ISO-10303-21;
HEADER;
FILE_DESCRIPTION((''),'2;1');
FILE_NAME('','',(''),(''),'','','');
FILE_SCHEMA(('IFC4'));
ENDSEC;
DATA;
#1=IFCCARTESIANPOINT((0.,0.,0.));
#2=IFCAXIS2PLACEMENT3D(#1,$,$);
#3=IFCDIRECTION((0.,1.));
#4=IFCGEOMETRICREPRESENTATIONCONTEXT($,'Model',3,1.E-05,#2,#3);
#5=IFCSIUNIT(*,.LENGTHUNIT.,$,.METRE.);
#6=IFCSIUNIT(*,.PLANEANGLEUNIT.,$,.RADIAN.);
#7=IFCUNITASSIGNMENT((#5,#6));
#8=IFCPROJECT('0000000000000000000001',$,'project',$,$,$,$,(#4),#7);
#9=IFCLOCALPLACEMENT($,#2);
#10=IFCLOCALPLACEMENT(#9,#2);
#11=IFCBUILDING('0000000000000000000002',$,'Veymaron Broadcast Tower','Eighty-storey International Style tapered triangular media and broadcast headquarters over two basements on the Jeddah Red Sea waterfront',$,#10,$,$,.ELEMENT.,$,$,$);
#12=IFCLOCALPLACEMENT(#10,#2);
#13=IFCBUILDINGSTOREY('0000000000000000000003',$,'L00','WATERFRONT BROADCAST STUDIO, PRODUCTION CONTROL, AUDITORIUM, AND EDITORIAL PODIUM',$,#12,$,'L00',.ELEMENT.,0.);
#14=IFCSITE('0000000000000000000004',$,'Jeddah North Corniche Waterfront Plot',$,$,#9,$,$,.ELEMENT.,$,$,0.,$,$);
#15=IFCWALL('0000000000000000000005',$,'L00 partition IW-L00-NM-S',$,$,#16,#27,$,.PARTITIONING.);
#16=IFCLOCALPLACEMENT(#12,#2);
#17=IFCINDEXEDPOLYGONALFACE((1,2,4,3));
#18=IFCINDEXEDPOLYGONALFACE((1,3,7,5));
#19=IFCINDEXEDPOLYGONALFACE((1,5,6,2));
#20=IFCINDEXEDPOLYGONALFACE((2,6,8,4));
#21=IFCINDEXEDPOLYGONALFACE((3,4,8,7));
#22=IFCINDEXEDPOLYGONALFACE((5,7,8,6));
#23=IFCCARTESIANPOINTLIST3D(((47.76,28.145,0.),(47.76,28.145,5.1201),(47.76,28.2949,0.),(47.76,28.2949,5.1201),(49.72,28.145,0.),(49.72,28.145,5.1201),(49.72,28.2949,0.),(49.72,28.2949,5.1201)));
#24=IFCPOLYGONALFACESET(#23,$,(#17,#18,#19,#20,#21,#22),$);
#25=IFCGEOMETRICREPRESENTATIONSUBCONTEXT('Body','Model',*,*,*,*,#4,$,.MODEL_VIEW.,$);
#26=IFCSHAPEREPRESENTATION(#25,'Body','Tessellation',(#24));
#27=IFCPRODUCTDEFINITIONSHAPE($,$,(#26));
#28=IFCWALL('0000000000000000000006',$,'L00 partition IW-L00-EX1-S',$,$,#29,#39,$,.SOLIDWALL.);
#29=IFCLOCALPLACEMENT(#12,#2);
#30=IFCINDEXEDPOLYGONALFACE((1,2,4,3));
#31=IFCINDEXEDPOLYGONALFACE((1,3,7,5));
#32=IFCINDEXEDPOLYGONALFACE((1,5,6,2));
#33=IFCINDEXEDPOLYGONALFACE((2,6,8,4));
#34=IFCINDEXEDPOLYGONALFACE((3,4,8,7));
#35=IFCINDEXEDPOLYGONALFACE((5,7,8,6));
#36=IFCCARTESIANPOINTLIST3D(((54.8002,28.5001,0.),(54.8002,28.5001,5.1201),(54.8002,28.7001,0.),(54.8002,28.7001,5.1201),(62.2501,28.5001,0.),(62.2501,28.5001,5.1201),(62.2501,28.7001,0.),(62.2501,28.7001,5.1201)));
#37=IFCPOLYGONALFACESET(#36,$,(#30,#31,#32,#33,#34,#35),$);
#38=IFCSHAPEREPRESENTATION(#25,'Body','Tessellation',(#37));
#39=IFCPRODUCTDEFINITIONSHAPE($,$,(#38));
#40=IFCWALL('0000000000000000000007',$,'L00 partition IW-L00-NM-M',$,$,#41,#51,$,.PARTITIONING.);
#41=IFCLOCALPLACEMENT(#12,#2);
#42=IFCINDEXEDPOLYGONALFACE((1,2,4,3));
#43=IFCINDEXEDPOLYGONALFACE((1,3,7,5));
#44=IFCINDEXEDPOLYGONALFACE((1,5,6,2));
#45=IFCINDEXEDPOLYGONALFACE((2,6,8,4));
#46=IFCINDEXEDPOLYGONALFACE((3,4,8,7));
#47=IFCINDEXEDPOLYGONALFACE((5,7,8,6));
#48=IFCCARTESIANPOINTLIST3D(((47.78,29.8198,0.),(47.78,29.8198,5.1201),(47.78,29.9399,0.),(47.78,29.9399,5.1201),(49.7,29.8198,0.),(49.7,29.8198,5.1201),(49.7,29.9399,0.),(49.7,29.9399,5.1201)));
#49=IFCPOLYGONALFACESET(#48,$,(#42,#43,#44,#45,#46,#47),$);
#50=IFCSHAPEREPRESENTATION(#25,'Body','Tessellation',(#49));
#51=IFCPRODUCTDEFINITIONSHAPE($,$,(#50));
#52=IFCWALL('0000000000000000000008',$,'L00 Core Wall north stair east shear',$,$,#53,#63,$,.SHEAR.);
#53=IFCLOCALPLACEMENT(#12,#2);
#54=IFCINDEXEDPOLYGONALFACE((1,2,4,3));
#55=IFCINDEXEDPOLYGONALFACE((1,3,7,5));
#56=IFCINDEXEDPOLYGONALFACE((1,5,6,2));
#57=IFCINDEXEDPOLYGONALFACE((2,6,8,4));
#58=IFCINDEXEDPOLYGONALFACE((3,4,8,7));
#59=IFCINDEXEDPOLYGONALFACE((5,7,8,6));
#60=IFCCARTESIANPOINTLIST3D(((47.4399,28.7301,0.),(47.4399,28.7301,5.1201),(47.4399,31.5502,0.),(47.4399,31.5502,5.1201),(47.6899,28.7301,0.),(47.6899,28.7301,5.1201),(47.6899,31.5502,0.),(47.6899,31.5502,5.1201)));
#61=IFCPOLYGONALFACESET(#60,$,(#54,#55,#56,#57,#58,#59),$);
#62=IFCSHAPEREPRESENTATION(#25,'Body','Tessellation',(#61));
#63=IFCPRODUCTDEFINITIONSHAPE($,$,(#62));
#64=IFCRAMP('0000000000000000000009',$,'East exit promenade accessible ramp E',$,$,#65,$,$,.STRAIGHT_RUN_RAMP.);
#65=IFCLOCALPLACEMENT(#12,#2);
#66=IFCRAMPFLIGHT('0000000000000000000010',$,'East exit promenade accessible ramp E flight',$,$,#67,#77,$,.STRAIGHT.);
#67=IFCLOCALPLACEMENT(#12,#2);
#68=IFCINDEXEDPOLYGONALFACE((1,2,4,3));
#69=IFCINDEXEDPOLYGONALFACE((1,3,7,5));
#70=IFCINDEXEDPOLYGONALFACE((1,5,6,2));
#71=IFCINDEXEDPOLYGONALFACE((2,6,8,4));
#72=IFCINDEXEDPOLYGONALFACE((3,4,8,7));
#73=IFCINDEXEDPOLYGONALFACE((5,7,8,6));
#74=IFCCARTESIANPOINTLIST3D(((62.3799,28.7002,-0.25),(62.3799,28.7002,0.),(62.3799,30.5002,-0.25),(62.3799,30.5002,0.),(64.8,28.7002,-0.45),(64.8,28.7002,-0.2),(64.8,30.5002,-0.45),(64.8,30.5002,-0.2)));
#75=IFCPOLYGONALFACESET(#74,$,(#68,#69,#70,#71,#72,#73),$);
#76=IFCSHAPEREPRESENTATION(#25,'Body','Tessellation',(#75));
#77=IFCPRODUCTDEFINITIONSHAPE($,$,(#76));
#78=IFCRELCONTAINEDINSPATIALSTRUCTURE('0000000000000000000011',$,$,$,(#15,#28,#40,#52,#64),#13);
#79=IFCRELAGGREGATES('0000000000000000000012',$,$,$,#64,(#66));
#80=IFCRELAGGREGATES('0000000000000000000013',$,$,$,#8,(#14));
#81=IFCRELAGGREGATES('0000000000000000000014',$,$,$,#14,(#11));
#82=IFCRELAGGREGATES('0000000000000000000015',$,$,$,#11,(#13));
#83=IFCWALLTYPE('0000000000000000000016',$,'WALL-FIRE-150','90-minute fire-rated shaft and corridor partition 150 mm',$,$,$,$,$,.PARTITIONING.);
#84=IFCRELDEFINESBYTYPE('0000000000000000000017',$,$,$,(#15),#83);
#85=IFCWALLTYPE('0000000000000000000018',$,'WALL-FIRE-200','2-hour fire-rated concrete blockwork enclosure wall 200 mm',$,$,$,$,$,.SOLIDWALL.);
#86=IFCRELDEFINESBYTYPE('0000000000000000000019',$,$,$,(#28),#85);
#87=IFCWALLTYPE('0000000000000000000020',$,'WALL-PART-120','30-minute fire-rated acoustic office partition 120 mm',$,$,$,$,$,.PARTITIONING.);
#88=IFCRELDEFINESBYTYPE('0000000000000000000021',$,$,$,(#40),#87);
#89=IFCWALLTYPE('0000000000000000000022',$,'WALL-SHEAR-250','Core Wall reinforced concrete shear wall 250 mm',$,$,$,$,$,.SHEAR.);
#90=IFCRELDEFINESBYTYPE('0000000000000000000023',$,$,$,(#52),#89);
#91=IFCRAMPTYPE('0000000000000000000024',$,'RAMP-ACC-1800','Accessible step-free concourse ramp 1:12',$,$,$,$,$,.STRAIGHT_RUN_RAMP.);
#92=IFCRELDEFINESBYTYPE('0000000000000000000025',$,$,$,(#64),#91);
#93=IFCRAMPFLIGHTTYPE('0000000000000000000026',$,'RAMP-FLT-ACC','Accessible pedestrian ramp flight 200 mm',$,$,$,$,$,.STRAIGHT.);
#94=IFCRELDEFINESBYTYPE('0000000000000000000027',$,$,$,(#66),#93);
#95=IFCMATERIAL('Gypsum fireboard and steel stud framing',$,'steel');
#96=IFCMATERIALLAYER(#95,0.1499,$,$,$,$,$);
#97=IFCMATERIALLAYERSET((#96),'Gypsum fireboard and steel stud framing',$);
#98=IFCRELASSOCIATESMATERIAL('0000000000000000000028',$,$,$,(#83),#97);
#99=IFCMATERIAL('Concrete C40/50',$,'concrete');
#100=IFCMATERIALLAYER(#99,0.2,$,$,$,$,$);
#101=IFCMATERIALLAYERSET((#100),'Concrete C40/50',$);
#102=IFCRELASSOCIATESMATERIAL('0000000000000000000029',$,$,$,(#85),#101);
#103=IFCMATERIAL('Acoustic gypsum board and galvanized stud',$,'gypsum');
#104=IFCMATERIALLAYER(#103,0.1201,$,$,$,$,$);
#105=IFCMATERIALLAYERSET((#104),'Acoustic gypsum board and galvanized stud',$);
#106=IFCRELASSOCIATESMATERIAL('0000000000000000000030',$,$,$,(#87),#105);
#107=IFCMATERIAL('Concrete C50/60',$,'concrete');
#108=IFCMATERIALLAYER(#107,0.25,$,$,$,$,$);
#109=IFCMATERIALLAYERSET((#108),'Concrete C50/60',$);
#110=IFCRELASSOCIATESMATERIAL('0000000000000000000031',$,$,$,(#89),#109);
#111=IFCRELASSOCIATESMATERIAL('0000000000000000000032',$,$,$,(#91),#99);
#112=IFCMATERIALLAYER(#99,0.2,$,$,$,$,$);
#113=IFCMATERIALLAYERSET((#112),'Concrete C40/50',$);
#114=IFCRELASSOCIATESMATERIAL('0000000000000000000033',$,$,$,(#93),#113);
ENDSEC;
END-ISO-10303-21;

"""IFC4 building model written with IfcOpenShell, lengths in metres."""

from ifc_helpers import new_model, si_unit, direction, frame, frame_2d, origin, place, context, subcontext, project, spatial, polyline, rectangle, outline, extrude, material, layer, layer_set, type_object, element, aggregate, save


model = new_model("IFC4")

# Units and contexts
model_context = context("Model", 3, precision=1e-05, world=origin(), true_north=direction((0.0, 1.0)))
body_context = subcontext(model_context, "Body", "Model", "MODEL_VIEW")
ifc_project = project(units=[si_unit("LENGTHUNIT", "METRE"), si_unit("PLANEANGLEUNIT", "RADIAN")], contexts=[model_context])

# Site, building, storey
site_placement = place(None, origin())
site = spatial("IfcSite", under=ifc_project, at=site_placement, Name="Jeddah North Corniche Waterfront Plot", CompositionType="ELEMENT", RefElevation=0.0)
building_placement = place(site_placement, origin())
building = spatial("IfcBuilding", under=site, at=building_placement, Name="Veymaron Broadcast Tower", Description="Eighty-storey International Style tapered triangular media and broadcast headquarters over two basements on the Jeddah Red Sea waterfront", CompositionType="ELEMENT")
storey_placement = place(building_placement, origin())
storey = spatial("IfcBuildingStorey", under=building, at=storey_placement, Name="L00", Description="WATERFRONT BROADCAST STUDIO, PRODUCTION CONTROL, AUDITORIUM, AND EDITORIAL PODIUM", LongName="L00", CompositionType="ELEMENT", Elevation=0.0)

# Shared definitions
ifc_material_1 = material(Name="Concrete C50/60", Category="concrete")

# Shared definitions
ifc_material_2 = material(Name="Gypsum fireboard and steel stud framing", Category="steel")
ifc_layer_1 = layer(ifc_material_2, 0.1499)
ifc_layer_set_1 = layer_set([ifc_layer_1], Name="Gypsum fireboard and steel stud framing")
wall_type_1 = type_object("IfcWallType", Name="WALL-FIRE-150", Description="90-minute fire-rated shaft and corridor partition 150 mm", PredefinedType="PARTITIONING", material=ifc_layer_set_1)

# Walls
wall_1_placement = place(storey_placement, frame((47.76, 28.22, 0.0), z_axis=(0.0, 0.0, 1.0), x_axis=(1.0, 0.0, 0.0)))
element("IfcWall", 1, at=wall_1_placement, inside=storey, type_object=wall_type_1, Name="L00 partition IW-L00-NM-S", PredefinedType="PARTITIONING", context=body_context, shape_type="SweptSolid", body=[
    extrude(rectangle(XDim=1.96, YDim=0.1499, at=frame_2d((0.98, 0.0))), origin(), (0.0, 0.0, 1.0), 5.1201),
])
ifc_material_3 = material(Name="Concrete C40/50", Category="concrete")
ifc_layer_2 = layer(ifc_material_3, 0.2)
ifc_layer_set_2 = layer_set([ifc_layer_2], Name="Concrete C40/50")
wall_type_2 = type_object("IfcWallType", Name="WALL-FIRE-200", Description="2-hour fire-rated concrete blockwork enclosure wall 200 mm", PredefinedType="SOLIDWALL", material=ifc_layer_set_2)
wall_2_placement = place(storey_placement, frame((54.8, 28.6001, 0.0), z_axis=(0.0, 0.0, 1.0), x_axis=(1.0, 0.0, 0.0)))
element("IfcWall", 2, at=wall_2_placement, inside=storey, type_object=wall_type_2, Name="L00 partition IW-L00-EX1-S", PredefinedType="SOLIDWALL", context=body_context, shape_type="SweptSolid", body=[
    extrude(rectangle(XDim=7.45, YDim=0.2, at=frame_2d((3.7251, 0.0))), origin(), (0.0, 0.0, 1.0), 5.1201),
])
ifc_material_4 = material(Name="Acoustic gypsum board and galvanized stud", Category="gypsum")
ifc_layer_3 = layer(ifc_material_4, 0.1201)
ifc_layer_set_3 = layer_set([ifc_layer_3], Name="Acoustic gypsum board and galvanized stud")
wall_type_3 = type_object("IfcWallType", Name="WALL-PART-120", Description="30-minute fire-rated acoustic office partition 120 mm", PredefinedType="PARTITIONING", material=ifc_layer_set_3)
wall_3_placement = place(storey_placement, frame((47.78, 29.8799, 0.0), z_axis=(0.0, 0.0, 1.0), x_axis=(1.0, 0.0, 0.0)))
element("IfcWall", 3, at=wall_3_placement, inside=storey, type_object=wall_type_3, Name="L00 partition IW-L00-NM-M", PredefinedType="PARTITIONING", context=body_context, shape_type="SweptSolid", body=[
    extrude(rectangle(XDim=1.9199, YDim=0.1201, at=frame_2d((0.96, 0.0))), origin(), (0.0, 0.0, 1.0), 5.1201),
])

# Wall
ifc_layer_4 = layer(ifc_material_1, 0.25)
ifc_layer_set_4 = layer_set([ifc_layer_4], Name="Concrete C50/60")
wall_type_4 = type_object("IfcWallType", Name="WALL-SHEAR-250", Description="Core Wall reinforced concrete shear wall 250 mm", PredefinedType="SHEAR", material=ifc_layer_set_4)
wall_4_placement = place(storey_placement, frame((47.5649, 28.73, 0.0), z_axis=(0.0, 0.0, 1.0), x_axis=(0.0, 1.0, 0.0)))
element("IfcWall", 4, at=wall_4_placement, inside=storey, type_object=wall_type_4, Name="L00 Core Wall north stair east shear", PredefinedType="SHEAR", context=body_context, shape_type="SweptSolid", body=[
    extrude(rectangle(XDim=2.8201, YDim=0.25, at=frame_2d((1.4102, 0.0))), origin(), (0.0, 0.0, 1.0), 5.1201),
])

# Ramp, ramp flight
ramp_type = type_object("IfcRampType", Name="RAMP-ACC-1800", Description="Accessible step-free concourse ramp 1:12", PredefinedType="STRAIGHT_RUN_RAMP", material=ifc_material_3)
ramp_placement = place(storey_placement, origin())
ramp = element("IfcRamp", 5, at=ramp_placement, inside=storey, type_object=ramp_type, Name="East exit promenade accessible ramp E", PredefinedType="STRAIGHT_RUN_RAMP")
ifc_layer_5 = layer(ifc_material_3, 0.2)
ifc_layer_set_5 = layer_set([ifc_layer_5], Name="Concrete C40/50")
ramp_flight_type = type_object("IfcRampFlightType", Name="RAMP-FLT-ACC", Description="Accessible pedestrian ramp flight 200 mm", PredefinedType="STRAIGHT", material=ifc_layer_set_5)
ramp_flight_placement = place(storey_placement, frame((64.8, 29.6001, -0.2), z_axis=(0.0, 0.0, 1.0), x_axis=(-1.0, 0.0, 0.0)))
ramp_flight = element("IfcRampFlight", 6, at=ramp_flight_placement, type_object=ramp_flight_type, Name="East exit promenade accessible ramp E flight", PredefinedType="STRAIGHT", context=body_context, shape_type="SweptSolid", body=[
    extrude(outline(polyline([(0.0, 0.0), (2.4202, 0.2), (2.4202, -0.05), (0.0, -0.25), (0.0, 0.0)])), frame((0.0, 0.8999, 0.0), z_axis=(0.0, -1.0, 0.0), x_axis=(1.0, 0.0, 0.0)), (0.0, 0.0, 1.0), 1.8),
])
aggregate(ramp, [ramp_flight])

save(model, "model.ifc")
